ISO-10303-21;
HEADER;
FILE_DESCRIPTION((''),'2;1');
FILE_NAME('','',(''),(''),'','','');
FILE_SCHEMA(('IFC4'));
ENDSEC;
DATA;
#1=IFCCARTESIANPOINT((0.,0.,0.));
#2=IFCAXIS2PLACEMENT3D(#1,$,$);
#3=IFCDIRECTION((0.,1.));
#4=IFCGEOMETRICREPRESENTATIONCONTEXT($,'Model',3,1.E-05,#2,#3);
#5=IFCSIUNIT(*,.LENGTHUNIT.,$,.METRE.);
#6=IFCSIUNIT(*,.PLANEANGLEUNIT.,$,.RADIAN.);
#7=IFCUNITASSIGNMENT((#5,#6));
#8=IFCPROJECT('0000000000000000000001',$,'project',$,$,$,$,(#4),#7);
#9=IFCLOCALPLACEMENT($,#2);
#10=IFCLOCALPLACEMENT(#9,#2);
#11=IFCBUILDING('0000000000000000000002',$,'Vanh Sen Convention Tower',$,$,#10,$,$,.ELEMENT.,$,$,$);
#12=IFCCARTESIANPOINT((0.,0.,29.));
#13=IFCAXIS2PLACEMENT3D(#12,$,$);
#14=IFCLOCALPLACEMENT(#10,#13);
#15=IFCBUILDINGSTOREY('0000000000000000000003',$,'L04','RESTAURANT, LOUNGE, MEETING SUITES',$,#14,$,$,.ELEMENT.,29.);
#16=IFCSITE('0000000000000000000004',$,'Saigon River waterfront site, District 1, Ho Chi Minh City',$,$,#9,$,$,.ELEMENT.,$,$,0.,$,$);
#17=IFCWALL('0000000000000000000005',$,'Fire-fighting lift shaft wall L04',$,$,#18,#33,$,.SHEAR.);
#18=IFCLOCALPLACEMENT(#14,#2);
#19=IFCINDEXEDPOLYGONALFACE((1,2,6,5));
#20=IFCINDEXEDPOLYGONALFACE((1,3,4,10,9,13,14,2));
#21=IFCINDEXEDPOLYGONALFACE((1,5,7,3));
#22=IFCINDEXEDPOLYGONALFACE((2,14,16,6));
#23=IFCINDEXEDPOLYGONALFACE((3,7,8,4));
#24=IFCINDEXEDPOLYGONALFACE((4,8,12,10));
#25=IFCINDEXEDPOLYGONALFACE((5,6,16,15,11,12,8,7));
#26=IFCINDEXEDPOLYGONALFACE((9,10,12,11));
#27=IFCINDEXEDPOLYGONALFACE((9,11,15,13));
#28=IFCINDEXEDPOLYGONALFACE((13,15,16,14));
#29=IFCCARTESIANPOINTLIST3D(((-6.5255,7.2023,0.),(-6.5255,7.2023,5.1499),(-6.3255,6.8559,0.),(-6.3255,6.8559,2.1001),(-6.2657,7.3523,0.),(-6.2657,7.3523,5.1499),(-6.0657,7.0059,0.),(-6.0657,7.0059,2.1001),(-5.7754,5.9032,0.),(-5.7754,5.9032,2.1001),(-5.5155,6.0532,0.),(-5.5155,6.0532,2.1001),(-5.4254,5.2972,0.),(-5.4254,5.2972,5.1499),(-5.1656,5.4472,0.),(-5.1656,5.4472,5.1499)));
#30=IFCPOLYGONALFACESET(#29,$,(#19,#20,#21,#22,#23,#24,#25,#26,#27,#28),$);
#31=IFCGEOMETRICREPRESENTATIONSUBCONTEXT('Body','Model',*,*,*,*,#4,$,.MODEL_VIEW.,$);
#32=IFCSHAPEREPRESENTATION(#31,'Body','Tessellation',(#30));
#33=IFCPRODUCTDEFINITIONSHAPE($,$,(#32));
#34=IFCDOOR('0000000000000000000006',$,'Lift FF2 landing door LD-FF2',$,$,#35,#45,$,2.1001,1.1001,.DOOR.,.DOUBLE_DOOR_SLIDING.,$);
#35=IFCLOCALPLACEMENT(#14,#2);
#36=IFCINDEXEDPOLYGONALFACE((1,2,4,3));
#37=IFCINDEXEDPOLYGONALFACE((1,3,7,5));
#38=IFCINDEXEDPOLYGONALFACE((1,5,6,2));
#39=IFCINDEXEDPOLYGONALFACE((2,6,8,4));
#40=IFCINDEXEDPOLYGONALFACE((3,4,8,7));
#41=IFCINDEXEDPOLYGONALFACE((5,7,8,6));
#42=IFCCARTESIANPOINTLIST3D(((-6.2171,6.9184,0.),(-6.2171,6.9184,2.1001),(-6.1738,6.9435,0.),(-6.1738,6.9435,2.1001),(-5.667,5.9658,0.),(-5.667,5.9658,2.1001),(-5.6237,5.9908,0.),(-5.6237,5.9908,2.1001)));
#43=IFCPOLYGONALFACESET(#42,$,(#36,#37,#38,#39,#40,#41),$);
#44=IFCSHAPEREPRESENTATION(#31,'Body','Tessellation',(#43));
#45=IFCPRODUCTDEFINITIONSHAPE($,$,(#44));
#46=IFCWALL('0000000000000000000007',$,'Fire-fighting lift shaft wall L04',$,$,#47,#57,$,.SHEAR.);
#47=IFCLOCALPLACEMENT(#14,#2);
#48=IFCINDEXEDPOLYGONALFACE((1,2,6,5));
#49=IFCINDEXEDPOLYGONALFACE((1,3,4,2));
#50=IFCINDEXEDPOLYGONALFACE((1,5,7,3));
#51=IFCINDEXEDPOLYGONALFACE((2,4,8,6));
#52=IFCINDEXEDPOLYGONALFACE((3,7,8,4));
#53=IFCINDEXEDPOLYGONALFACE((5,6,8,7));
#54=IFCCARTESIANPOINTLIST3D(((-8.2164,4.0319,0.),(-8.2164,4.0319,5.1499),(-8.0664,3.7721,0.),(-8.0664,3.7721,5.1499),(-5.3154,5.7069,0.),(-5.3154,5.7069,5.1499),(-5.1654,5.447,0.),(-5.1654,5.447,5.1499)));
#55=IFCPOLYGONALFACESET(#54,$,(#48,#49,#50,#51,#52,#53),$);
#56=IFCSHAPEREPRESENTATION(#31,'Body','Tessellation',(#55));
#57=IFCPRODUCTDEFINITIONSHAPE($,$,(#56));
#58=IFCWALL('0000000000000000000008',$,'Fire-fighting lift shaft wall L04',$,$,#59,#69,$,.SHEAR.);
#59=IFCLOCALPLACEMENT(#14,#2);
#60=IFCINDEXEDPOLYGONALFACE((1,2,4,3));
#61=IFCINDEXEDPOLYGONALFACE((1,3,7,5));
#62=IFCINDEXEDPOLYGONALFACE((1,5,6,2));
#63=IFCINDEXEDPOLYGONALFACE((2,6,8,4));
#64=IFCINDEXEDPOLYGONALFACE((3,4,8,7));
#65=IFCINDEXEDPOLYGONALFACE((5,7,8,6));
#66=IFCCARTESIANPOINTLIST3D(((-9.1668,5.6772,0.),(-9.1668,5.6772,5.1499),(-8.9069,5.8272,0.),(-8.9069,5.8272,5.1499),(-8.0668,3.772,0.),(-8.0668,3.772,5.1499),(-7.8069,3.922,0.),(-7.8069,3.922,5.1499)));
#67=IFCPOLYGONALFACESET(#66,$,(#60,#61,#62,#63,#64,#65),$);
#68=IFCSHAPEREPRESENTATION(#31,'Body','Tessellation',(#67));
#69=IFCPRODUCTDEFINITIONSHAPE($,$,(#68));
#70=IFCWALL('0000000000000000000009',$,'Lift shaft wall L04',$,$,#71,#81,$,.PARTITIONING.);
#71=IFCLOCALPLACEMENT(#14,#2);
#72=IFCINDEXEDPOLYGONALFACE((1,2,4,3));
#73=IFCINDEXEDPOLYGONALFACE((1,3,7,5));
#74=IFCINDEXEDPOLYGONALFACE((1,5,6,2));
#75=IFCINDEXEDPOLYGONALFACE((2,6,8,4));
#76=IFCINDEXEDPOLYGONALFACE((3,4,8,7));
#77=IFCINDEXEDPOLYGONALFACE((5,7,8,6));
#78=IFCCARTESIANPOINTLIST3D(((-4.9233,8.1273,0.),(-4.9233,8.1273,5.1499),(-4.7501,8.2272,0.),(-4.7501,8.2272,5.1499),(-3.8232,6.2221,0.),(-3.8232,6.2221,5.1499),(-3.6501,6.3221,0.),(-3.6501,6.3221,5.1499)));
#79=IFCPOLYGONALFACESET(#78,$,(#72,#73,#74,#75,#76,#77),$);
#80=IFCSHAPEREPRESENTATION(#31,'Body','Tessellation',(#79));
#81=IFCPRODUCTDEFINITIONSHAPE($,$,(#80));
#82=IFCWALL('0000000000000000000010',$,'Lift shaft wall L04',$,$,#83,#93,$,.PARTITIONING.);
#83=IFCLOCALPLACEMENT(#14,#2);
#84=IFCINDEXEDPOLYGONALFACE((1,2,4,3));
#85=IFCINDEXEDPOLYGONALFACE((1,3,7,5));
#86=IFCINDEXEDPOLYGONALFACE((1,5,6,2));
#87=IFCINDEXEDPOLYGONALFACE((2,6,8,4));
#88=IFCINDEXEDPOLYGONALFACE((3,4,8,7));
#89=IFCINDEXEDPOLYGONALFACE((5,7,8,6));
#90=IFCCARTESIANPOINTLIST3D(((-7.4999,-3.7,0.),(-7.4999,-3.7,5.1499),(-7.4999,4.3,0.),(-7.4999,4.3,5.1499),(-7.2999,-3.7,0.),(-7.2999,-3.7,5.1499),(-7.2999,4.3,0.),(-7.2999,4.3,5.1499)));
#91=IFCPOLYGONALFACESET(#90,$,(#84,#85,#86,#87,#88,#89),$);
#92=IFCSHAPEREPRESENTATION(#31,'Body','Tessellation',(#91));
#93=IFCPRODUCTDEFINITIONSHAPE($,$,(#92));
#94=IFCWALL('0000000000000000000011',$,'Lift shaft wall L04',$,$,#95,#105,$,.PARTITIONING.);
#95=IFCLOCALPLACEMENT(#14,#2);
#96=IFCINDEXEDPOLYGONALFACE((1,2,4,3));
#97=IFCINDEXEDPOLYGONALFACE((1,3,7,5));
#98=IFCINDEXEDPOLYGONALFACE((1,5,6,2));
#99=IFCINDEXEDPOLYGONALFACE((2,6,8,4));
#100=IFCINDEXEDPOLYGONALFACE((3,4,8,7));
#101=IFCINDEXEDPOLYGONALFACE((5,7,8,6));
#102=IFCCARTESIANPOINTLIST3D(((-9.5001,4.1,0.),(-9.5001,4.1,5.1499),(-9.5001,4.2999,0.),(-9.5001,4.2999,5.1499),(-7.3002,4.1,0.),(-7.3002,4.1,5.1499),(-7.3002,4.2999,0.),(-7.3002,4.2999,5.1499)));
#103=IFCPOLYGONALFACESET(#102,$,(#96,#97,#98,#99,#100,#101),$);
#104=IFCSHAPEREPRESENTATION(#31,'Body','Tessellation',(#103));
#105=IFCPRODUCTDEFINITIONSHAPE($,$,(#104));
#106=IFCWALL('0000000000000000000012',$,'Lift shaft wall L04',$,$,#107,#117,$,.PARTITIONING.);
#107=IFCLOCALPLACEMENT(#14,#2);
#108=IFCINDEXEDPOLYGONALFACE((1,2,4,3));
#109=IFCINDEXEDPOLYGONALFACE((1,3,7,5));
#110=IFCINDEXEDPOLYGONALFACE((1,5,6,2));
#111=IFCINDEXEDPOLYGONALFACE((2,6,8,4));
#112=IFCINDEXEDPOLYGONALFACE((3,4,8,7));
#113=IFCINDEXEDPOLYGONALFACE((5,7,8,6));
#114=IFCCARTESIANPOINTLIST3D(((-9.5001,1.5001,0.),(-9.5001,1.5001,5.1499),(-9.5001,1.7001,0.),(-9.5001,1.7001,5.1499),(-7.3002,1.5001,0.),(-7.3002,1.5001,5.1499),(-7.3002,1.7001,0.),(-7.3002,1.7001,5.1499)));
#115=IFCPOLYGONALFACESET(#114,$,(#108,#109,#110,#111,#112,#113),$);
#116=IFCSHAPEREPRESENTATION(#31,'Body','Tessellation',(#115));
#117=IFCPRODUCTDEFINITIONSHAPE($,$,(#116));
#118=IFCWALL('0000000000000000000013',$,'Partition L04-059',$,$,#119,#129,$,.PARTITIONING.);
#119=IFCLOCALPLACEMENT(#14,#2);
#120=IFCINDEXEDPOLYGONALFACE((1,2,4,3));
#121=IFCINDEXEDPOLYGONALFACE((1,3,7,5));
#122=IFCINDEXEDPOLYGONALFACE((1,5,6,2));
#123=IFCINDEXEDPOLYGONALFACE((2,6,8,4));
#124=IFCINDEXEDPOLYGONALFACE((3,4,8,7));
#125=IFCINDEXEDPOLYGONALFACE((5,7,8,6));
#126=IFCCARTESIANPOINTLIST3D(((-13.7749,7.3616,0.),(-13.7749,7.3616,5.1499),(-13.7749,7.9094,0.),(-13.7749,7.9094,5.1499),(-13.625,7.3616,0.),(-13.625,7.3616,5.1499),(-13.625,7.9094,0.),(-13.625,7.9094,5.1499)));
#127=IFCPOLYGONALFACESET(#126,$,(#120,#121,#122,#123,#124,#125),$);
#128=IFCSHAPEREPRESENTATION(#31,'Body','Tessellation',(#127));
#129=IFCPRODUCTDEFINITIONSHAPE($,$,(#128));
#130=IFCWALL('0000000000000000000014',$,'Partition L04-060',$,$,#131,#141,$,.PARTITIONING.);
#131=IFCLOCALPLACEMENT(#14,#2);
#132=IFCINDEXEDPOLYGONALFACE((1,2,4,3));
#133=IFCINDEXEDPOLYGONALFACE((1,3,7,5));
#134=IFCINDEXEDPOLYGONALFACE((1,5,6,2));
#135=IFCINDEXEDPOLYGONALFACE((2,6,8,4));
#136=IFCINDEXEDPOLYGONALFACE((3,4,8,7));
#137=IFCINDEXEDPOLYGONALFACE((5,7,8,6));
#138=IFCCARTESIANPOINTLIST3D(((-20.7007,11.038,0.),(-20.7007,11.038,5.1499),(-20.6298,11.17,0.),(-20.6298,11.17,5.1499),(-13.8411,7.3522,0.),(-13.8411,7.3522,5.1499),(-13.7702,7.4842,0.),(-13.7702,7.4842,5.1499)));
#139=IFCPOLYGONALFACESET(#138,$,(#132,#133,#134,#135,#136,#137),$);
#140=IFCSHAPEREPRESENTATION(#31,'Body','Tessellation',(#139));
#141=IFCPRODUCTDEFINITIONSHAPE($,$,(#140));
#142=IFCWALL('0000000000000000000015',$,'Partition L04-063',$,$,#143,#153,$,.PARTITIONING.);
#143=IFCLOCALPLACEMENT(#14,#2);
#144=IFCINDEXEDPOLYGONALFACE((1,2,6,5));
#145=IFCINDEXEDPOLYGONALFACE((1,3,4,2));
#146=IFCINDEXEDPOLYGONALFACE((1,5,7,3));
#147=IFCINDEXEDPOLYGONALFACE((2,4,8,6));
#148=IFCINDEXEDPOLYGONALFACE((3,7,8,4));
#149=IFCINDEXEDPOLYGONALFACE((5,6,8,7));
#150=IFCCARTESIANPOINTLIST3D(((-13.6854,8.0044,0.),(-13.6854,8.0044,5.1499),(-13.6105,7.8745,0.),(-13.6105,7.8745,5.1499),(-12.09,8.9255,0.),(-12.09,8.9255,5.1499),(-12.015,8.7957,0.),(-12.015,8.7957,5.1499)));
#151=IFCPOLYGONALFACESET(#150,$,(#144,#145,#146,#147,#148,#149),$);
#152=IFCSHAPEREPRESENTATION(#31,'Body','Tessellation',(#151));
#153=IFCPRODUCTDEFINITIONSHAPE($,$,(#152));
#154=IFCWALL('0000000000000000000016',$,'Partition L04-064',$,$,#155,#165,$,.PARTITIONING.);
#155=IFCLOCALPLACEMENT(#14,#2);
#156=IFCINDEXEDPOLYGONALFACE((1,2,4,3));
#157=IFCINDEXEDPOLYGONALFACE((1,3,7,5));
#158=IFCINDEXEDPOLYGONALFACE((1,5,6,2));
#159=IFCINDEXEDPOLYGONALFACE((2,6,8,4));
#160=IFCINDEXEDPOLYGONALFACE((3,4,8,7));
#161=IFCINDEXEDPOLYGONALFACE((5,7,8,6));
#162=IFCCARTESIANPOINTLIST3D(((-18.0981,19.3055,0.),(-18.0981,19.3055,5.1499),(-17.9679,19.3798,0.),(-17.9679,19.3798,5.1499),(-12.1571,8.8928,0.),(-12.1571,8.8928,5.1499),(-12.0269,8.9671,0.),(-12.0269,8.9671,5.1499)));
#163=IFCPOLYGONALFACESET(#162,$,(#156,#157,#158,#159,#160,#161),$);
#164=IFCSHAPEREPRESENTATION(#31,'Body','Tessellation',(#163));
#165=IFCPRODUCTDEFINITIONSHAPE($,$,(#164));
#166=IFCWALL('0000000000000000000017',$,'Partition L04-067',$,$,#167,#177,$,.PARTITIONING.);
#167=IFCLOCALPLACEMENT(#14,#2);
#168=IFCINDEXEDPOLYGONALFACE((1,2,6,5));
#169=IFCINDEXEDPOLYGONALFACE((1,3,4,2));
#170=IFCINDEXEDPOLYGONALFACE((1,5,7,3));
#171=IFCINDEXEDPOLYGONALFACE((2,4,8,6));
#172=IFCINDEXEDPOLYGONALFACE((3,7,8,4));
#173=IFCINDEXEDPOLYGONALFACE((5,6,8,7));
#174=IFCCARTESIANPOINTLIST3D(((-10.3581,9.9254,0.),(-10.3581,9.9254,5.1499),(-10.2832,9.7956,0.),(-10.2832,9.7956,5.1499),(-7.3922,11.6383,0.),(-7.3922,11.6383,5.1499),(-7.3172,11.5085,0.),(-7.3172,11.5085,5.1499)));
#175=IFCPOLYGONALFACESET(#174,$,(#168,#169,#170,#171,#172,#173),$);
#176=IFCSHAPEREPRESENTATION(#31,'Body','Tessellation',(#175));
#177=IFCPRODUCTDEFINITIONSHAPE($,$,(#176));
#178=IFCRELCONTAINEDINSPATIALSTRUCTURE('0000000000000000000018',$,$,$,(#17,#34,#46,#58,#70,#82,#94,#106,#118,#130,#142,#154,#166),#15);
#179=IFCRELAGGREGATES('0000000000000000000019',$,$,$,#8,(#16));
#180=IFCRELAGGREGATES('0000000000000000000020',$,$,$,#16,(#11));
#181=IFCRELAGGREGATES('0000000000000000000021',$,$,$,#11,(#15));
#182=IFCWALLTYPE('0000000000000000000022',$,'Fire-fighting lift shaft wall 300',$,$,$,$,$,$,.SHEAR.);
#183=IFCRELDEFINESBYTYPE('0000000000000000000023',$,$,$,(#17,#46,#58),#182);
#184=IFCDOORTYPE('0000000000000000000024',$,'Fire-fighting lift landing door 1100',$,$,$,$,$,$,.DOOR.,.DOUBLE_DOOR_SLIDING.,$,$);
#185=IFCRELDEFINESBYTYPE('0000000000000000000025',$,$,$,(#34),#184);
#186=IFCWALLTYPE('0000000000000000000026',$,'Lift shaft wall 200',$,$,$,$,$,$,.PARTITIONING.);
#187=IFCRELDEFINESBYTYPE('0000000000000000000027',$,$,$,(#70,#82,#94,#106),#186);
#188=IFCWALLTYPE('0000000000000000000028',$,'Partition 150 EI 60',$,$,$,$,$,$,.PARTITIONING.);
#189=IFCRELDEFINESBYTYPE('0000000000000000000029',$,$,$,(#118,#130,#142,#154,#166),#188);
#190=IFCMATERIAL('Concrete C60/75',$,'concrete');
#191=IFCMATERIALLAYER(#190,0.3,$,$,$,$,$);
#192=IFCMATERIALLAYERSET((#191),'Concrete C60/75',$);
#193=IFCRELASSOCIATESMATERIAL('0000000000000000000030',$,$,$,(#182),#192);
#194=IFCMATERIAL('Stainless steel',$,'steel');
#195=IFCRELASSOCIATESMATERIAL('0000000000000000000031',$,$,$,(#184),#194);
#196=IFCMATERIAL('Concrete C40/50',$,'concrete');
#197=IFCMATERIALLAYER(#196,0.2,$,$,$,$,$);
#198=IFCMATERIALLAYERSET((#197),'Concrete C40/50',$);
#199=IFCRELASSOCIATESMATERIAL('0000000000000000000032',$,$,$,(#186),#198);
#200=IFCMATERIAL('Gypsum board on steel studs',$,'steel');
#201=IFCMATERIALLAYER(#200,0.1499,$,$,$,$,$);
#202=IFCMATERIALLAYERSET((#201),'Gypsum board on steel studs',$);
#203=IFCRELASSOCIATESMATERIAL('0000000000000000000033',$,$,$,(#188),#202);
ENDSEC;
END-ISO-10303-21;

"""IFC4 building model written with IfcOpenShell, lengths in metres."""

from ifc_helpers import new_model, si_unit, direction, frame, frame_2d, origin, place, context, subcontext, project, spatial, rectangle, extrude, material, layer, layer_set, type_object, element, fill, save


model = new_model("IFC4")

# Units and contexts
model_context = context("Model", 3, precision=1e-05, world=origin(), true_north=direction((0.0, 1.0)))
body_context = subcontext(model_context, "Body", "Model", "MODEL_VIEW")
ifc_project = project(units=[si_unit("LENGTHUNIT", "METRE"), si_unit("PLANEANGLEUNIT", "RADIAN")], contexts=[model_context])

# Site, building, storey
site_placement = place(None, origin())
site = spatial("IfcSite", under=ifc_project, at=site_placement, Name="Saigon River waterfront site, District 1, Ho Chi Minh City", CompositionType="ELEMENT", RefElevation=0.0)
building_placement = place(site_placement, origin())
building = spatial("IfcBuilding", under=site, at=building_placement, Name="Vanh Sen Convention Tower", CompositionType="ELEMENT")
storey_placement = place(building_placement, frame((0.0, 0.0, 29.0)))
storey = spatial("IfcBuildingStorey", under=building, at=storey_placement, Name="L04", Description="RESTAURANT, LOUNGE, MEETING SUITES", CompositionType="ELEMENT", Elevation=29.0)

# Wall, opening, door
ifc_material_1 = material(Name="Concrete C60/75", Category="concrete")
ifc_layer_1 = layer(ifc_material_1, 0.3)
ifc_layer_set_1 = layer_set([ifc_layer_1], Name="Concrete C60/75")
wall_type_1 = type_object("IfcWallType", Name="Fire-fighting lift shaft wall 300", PredefinedType="SHEAR", material=ifc_layer_set_1)
wall_1_placement = place(storey_placement, frame((-5.2954, 5.3721, 0.0), z_axis=(0.0, 0.0, 1.0), x_axis=(-0.500078, 0.86598, 0.0)))
wall_1 = element("IfcWall", 1, at=wall_1_placement, inside=storey, type_object=wall_type_1, Name="Fire-fighting lift shaft wall L04", PredefinedType="SHEAR", context=body_context, shape_type="SweptSolid", body=[
    extrude(rectangle(XDim=2.2, YDim=0.3, at=frame_2d((1.1001, 0.0))), origin(), (0.0, 0.0, 1.0), 5.1499),
])
opening_1_placement = place(wall_1_placement, frame((0.7, 0.0, 0.0)))
opening_1 = element("IfcOpeningElement", 2, at=opening_1_placement, cuts=wall_1, PredefinedType="OPENING", context=body_context, shape_type="SweptSolid", body=[
    extrude(rectangle(XDim=1.1001, YDim=2.1001, at=frame_2d((0.55, 1.05))), frame((0.0, 0.1599, 0.0), z_axis=(0.0, -1.0, 0.0), x_axis=(1.0, 0.0, 0.0)), (0.0, 0.0, 1.0), 0.3201),
])
ifc_material_2 = material(Name="Stainless steel", Category="steel")
door_type_1 = type_object("IfcDoorType", Name="Fire-fighting lift landing door 1100", OperationType="DOUBLE_DOOR_SLIDING", PredefinedType="DOOR", material=ifc_material_2)
door_1_placement = place(opening_1_placement, origin())
door_1 = element("IfcDoor", 3, at=door_1_placement, inside=storey, type_object=door_type_1, Name="Lift FF2 landing door LD-FF2", OperationType="DOUBLE_DOOR_SLIDING", OverallHeight=2.1001, OverallWidth=1.1001, PredefinedType="DOOR", context=body_context, shape_type="SweptSolid", body=[
    extrude(rectangle(XDim=1.1001, YDim=2.1001, at=frame_2d((0.55, 1.05))), frame((0.0, 0.0249, 0.0), z_axis=(0.0, -1.0, 0.0), x_axis=(1.0, 0.0, 0.0)), (0.0, 0.0, 1.0), 0.05),
])
fill(opening_1, door_1)

# Walls
wall_2_placement = place(storey_placement, frame((-5.2405, 5.5769, 0.0), z_axis=(0.0, 0.0, 1.0), x_axis=(-0.866014, -0.500019, 0.0)))
element("IfcWall", 4, at=wall_2_placement, inside=storey, type_object=wall_type_1, Name="Fire-fighting lift shaft wall L04", PredefinedType="SHEAR", context=body_context, shape_type="SweptSolid", body=[
    extrude(rectangle(XDim=3.3499, YDim=0.3, at=frame_2d((1.6748, 0.0))), origin(), (0.0, 0.0, 1.0), 5.1499),
])
wall_3_placement = place(storey_placement, frame((-7.9368, 3.8469, 0.0), z_axis=(0.0, 0.0, 1.0), x_axis=(-0.50003, 0.866008, 0.0)))
element("IfcWall", 5, at=wall_3_placement, inside=storey, type_object=wall_type_1, Name="Fire-fighting lift shaft wall L04", PredefinedType="SHEAR", context=body_context, shape_type="SweptSolid", body=[
    extrude(rectangle(XDim=2.2, YDim=0.3, at=frame_2d((1.1001, 0.0))), origin(), (0.0, 0.0, 1.0), 5.1499),
])
ifc_material_3 = material(Name="Concrete C40/50", Category="concrete")
ifc_layer_2 = layer(ifc_material_3, 0.2)
ifc_layer_set_2 = layer_set([ifc_layer_2], Name="Concrete C40/50")
wall_type_2 = type_object("IfcWallType", Name="Lift shaft wall 200", PredefinedType="PARTITIONING", material=ifc_layer_set_2)
wall_4_placement = place(storey_placement, frame((-3.7366, 6.272, 0.0), z_axis=(0.0, 0.0, 1.0), x_axis=(-0.50003, 0.866008, 0.0)))
element("IfcWall", 6, at=wall_4_placement, inside=storey, type_object=wall_type_2, Name="Lift shaft wall L04", PredefinedType="PARTITIONING", context=body_context, shape_type="SweptSolid", body=[
    extrude(rectangle(XDim=2.2, YDim=0.2, at=frame_2d((1.1001, 0.0))), origin(), (0.0, 0.0, 1.0), 5.1499),
])
wall_5_placement = place(storey_placement, frame((-7.3999, 4.3, 0.0), z_axis=(0.0, 0.0, 1.0), x_axis=(0.0, -1.0, 0.0)))
element("IfcWall", 7, at=wall_5_placement, inside=storey, type_object=wall_type_2, Name="Lift shaft wall L04", PredefinedType="PARTITIONING", context=body_context, shape_type="SweptSolid", body=[
    extrude(rectangle(XDim=8.0, YDim=0.2, at=frame_2d((4.0, 0.0))), origin(), (0.0, 0.0, 1.0), 5.1499),
])
for number, where, z_axis, x_axis, name in (
    (8, (-7.3, 4.2, 0.0), (0.0, 0.0, 1.0), (-1.0, 0.0, 0.0), "Lift shaft wall L04"),
    (9, (-7.3, 1.6001, 0.0), (0.0, 0.0, 1.0), (-1.0, 0.0, 0.0), "Lift shaft wall L04"),
):
    element("IfcWall", number, at=place(storey_placement, frame(where, z_axis=z_axis, x_axis=x_axis)), inside=storey, type_object=wall_type_2, Name=name, PredefinedType="PARTITIONING", context=body_context, shape_type="SweptSolid", body=[
        extrude(rectangle(XDim=2.2, YDim=0.2, at=frame_2d((1.1001, 0.0))), origin(), (0.0, 0.0, 1.0), 5.1499),
    ])
ifc_material_4 = material(Name="Gypsum board on steel studs", Category="steel")
ifc_layer_3 = layer(ifc_material_4, 0.1499)
ifc_layer_set_3 = layer_set([ifc_layer_3], Name="Gypsum board on steel studs")
wall_type_3 = type_object("IfcWallType", Name="Partition 150 EI 60", PredefinedType="PARTITIONING", material=ifc_layer_set_3)
wall_6_placement = place(storey_placement, frame((-13.7, 7.3616, 0.0), z_axis=(0.0, 0.0, 1.0), x_axis=(0.0, 1.0, 0.0)))
element("IfcWall", 10, at=wall_6_placement, inside=storey, type_object=wall_type_3, Name="Partition L04-059", PredefinedType="PARTITIONING", context=body_context, shape_type="SweptSolid", body=[
    extrude(rectangle(XDim=0.5479, YDim=0.1499, at=frame_2d((0.2739, 0.0))), origin(), (0.0, 0.0, 1.0), 5.1499),
])
wall_7_placement = place(storey_placement, frame((-13.8057, 7.4182, 0.0), z_axis=(0.0, 0.0, 1.0), x_axis=(-0.880892, 0.473318, 0.0)))
element("IfcWall", 11, at=wall_7_placement, inside=storey, type_object=wall_type_3, Name="Partition L04-060", PredefinedType="PARTITIONING", context=body_context, shape_type="SweptSolid", body=[
    extrude(rectangle(XDim=7.7871, YDim=0.1499, at=frame_2d((3.8936, 0.0))), origin(), (0.0, 0.0, 1.0), 5.1499),
])
wall_8_placement = place(storey_placement, frame((-13.6479, 7.9395, 0.0), z_axis=(0.0, 0.0, 1.0), x_axis=(0.866024, 0.500002, 0.0)))
element("IfcWall", 12, at=wall_8_placement, inside=storey, type_object=wall_type_3, Name="Partition L04-063", PredefinedType="PARTITIONING", context=body_context, shape_type="SweptSolid", body=[
    extrude(rectangle(XDim=1.8423, YDim=0.1499, at=frame_2d((0.9211, 0.0))), origin(), (0.0, 0.0, 1.0), 5.1499),
])
wall_9_placement = place(storey_placement, frame((-12.092, 8.9299, 0.0), z_axis=(0.0, 0.0, 1.0), x_axis=(-0.495564, 0.868571, 0.0)))
element("IfcWall", 13, at=wall_9_placement, inside=storey, type_object=wall_type_3, Name="Partition L04-064", PredefinedType="PARTITIONING", context=body_context, shape_type="SweptSolid", body=[
    extrude(rectangle(XDim=11.9883, YDim=0.1499, at=frame_2d((5.9941, 0.0))), origin(), (0.0, 0.0, 1.0), 5.1499),
])
wall_10_placement = place(storey_placement, frame((-10.3206, 9.8606, 0.0), z_axis=(0.0, 0.0, 1.0), x_axis=(0.865971, 0.500095, 0.0)))
element("IfcWall", 14, at=wall_10_placement, inside=storey, type_object=wall_type_3, Name="Partition L04-067", PredefinedType="PARTITIONING", context=body_context, shape_type="SweptSolid", body=[
    extrude(rectangle(XDim=3.425, YDim=0.1499, at=frame_2d((1.7124, 0.0))), origin(), (0.0, 0.0, 1.0), 5.1499),
])

save(model, "model.ifc")
